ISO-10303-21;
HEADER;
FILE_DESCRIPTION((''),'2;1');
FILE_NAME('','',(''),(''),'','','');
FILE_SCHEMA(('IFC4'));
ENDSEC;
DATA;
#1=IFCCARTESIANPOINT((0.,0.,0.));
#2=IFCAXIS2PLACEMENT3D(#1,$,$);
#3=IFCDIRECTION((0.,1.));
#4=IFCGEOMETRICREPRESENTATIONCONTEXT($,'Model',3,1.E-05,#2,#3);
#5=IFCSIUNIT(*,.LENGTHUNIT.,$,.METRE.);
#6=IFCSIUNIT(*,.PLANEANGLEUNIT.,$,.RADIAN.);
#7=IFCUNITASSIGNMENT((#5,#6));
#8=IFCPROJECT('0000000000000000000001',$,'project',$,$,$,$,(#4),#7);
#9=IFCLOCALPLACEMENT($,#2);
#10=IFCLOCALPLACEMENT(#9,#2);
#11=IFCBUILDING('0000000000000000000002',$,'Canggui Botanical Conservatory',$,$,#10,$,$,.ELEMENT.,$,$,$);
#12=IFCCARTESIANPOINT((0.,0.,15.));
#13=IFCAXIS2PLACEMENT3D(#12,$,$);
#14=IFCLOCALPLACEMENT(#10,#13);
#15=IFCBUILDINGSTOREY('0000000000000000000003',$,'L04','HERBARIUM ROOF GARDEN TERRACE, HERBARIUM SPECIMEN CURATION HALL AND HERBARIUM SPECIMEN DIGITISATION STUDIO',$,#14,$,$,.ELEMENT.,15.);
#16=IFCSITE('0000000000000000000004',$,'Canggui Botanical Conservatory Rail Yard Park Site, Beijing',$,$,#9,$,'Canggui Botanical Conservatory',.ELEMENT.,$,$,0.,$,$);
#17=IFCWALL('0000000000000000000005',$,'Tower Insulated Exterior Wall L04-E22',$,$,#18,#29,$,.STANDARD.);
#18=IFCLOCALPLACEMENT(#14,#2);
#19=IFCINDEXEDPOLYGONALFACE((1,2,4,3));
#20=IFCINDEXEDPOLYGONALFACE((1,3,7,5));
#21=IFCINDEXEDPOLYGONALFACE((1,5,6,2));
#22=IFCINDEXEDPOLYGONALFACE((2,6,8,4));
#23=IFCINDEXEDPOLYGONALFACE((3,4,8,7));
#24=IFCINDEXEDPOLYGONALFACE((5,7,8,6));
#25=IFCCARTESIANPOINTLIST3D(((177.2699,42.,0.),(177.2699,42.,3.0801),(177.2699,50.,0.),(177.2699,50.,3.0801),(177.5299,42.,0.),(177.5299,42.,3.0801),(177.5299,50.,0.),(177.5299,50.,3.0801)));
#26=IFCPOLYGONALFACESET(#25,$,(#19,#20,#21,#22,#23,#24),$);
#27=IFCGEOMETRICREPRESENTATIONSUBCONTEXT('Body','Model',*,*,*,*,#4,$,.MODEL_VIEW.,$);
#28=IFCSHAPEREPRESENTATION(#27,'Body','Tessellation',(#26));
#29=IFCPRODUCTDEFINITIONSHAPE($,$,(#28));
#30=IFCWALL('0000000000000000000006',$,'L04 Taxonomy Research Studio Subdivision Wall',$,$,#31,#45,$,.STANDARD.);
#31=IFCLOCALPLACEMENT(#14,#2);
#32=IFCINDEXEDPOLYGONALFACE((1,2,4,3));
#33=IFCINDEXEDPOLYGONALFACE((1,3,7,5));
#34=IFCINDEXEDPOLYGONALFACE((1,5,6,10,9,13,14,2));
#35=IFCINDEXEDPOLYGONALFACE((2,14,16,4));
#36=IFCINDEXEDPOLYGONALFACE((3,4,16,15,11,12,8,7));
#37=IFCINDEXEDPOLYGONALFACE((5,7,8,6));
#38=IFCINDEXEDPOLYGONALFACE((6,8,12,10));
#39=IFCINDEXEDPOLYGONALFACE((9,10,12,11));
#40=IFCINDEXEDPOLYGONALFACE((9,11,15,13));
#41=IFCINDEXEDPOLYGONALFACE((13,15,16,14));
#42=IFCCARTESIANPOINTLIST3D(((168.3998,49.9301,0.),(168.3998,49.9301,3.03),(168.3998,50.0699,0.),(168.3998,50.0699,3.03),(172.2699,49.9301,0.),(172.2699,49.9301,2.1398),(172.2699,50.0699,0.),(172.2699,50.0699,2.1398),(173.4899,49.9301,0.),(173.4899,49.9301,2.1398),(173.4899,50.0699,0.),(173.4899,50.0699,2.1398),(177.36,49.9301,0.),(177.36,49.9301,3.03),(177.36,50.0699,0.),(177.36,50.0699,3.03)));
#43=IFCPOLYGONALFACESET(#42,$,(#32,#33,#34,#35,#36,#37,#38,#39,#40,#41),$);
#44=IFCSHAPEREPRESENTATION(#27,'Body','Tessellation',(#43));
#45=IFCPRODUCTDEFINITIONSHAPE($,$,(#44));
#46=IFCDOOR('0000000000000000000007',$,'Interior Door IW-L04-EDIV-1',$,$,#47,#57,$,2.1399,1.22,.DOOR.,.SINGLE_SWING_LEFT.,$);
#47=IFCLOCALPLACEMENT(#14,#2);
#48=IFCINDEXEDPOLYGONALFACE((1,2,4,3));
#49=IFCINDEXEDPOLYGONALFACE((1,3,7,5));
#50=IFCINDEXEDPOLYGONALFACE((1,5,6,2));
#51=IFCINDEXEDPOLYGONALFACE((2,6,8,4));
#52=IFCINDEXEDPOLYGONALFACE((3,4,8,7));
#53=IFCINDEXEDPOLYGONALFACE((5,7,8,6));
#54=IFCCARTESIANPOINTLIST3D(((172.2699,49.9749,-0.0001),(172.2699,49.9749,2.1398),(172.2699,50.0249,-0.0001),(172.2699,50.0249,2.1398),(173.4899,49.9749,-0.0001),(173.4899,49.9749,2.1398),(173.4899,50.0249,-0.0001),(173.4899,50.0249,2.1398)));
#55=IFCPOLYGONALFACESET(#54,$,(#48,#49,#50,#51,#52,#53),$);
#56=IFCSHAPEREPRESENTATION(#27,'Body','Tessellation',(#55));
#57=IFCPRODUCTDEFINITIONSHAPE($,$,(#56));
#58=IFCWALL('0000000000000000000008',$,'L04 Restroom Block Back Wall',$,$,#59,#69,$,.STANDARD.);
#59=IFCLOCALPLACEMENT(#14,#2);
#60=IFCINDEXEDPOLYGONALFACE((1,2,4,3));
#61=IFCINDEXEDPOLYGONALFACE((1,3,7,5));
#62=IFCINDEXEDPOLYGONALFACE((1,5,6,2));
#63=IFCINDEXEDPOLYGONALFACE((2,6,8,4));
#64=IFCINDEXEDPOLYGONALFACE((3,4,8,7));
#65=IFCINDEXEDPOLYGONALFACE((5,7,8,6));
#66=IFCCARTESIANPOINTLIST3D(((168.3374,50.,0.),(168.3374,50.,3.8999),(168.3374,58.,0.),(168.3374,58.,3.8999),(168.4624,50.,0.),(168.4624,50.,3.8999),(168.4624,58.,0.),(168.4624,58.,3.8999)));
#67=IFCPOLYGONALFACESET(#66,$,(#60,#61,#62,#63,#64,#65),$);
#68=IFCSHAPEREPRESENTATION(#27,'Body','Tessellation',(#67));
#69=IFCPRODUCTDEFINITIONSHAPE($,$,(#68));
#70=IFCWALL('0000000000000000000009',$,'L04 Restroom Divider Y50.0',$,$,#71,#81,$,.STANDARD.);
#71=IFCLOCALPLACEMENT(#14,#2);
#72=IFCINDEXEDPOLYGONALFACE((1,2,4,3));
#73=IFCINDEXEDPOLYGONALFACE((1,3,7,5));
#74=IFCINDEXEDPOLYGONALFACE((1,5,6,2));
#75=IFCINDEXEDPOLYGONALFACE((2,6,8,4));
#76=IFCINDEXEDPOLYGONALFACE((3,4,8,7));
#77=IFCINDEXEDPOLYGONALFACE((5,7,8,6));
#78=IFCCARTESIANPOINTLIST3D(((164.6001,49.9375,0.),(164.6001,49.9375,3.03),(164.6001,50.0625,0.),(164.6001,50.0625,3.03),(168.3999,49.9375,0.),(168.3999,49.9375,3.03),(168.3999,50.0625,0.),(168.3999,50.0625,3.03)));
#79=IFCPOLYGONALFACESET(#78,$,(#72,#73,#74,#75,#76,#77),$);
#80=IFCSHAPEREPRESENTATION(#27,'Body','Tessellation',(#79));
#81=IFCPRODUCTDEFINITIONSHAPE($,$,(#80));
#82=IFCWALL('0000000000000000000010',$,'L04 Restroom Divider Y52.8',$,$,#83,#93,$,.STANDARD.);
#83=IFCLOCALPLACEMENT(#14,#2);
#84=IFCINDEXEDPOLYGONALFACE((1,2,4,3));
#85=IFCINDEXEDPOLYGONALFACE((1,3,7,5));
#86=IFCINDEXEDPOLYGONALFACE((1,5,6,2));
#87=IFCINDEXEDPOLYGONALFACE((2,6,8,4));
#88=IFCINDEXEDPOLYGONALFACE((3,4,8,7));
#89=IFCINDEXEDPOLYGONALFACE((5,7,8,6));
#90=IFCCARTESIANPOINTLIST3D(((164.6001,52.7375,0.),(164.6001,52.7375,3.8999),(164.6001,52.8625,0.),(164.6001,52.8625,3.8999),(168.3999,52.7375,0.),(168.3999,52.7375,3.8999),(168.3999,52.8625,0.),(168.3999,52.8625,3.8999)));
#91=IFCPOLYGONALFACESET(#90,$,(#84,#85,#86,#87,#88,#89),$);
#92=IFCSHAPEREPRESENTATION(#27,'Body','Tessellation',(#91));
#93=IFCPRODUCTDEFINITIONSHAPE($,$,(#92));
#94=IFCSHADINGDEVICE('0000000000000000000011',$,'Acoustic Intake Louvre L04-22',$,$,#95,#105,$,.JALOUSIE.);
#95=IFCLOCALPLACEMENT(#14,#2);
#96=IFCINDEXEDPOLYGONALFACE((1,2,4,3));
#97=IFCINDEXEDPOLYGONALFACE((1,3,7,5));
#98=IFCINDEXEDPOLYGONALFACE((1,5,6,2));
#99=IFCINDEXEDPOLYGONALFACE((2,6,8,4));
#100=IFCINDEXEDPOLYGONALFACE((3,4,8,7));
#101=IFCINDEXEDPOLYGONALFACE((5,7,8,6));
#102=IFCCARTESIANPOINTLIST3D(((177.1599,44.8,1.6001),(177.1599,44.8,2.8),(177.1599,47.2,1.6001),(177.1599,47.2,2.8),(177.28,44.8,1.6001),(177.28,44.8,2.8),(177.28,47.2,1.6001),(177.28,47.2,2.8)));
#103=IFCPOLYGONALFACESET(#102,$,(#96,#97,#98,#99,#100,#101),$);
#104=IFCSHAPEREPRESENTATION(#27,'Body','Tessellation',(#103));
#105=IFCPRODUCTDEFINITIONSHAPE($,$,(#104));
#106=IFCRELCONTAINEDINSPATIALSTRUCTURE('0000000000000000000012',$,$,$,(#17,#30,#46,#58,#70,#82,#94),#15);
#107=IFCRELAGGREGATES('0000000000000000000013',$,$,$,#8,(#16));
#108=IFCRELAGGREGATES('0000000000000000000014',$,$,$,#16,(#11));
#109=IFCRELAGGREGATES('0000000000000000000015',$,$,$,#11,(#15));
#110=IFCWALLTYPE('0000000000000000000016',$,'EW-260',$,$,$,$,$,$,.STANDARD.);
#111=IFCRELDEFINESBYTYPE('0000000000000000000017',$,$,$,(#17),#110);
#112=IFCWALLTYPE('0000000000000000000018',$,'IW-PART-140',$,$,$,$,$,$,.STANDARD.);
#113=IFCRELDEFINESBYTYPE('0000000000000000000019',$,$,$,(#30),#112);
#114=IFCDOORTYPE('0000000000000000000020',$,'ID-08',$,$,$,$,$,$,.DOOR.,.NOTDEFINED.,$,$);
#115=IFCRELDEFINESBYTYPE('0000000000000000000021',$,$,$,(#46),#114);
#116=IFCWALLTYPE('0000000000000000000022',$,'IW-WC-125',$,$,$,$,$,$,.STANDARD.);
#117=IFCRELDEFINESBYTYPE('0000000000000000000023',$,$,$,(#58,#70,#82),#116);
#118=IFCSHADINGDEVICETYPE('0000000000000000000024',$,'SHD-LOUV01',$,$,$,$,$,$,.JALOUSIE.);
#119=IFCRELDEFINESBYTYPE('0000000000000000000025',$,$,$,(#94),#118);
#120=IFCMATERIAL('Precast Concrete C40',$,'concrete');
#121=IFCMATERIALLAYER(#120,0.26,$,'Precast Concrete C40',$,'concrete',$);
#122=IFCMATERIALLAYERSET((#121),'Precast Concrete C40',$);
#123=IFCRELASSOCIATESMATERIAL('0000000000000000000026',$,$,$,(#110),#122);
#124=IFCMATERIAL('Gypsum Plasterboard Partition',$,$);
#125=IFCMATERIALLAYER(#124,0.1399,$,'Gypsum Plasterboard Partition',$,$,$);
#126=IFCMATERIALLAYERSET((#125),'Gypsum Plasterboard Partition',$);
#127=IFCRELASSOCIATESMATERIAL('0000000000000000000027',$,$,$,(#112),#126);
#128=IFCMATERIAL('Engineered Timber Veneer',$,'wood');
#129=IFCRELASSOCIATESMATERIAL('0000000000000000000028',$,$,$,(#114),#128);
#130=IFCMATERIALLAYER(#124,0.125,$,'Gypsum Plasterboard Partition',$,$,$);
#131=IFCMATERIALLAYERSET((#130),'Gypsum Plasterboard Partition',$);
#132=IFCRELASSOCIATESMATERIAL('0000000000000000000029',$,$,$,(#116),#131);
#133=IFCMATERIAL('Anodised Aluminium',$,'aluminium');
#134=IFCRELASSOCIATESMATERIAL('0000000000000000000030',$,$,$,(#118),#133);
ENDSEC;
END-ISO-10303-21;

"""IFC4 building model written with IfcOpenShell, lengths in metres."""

from ifc_helpers import new_model, si_unit, direction, frame, frame_2d, origin, origin_2d, place, context, subcontext, project, spatial, rectangle, extrude, material, layer, layer_set, type_object, element, fill, save


model = new_model("IFC4")

# Units and contexts
model_context = context("Model", 3, precision=1e-05, world=origin(), true_north=direction((0.0, 1.0)))
body_context = subcontext(model_context, "Body", "Model", "MODEL_VIEW")
ifc_project = project(units=[si_unit("LENGTHUNIT", "METRE"), si_unit("PLANEANGLEUNIT", "RADIAN")], contexts=[model_context])

# Site, building, storey
site_placement = place(None, origin())
site = spatial("IfcSite", under=ifc_project, at=site_placement, Name="Canggui Botanical Conservatory Rail Yard Park Site, Beijing", LongName="Canggui Botanical Conservatory", CompositionType="ELEMENT", RefElevation=0.0)
building_placement = place(site_placement, origin())
building = spatial("IfcBuilding", under=site, at=building_placement, Name="Canggui Botanical Conservatory", CompositionType="ELEMENT")
storey_placement = place(building_placement, frame((0.0, 0.0, 15.0)))
storey = spatial("IfcBuildingStorey", under=building, at=storey_placement, Name="L04", Description="HERBARIUM ROOF GARDEN TERRACE, HERBARIUM SPECIMEN CURATION HALL AND HERBARIUM SPECIMEN DIGITISATION STUDIO", CompositionType="ELEMENT", Elevation=15.0)

# Wall
ifc_material_1 = material(Name="Precast Concrete C40", Category="concrete")
ifc_layer_1 = layer(ifc_material_1, 0.26, Name="Precast Concrete C40", Category="concrete")
ifc_layer_set_1 = layer_set([ifc_layer_1], Name="Precast Concrete C40")
wall_type_1 = type_object("IfcWallType", Name="EW-260", PredefinedType="STANDARD", material=ifc_layer_set_1)
wall_1_placement = place(storey_placement, frame((177.3999, 50.0, 0.0), z_axis=(0.0, 0.0, 1.0), x_axis=(0.0, -1.0, 0.0)))
element("IfcWall", 1, at=wall_1_placement, inside=storey, type_object=wall_type_1, Name="Tower Insulated Exterior Wall L04-E22", PredefinedType="STANDARD", context=body_context, shape_type="SweptSolid", body=[
    extrude(rectangle(XDim=8.0, YDim=0.26, at=frame_2d((4.0, 0.0))), origin(), (0.0, 0.0, 1.0), 3.0801),
])

# Wall, opening, door
ifc_material_2 = material(Name="Gypsum Plasterboard Partition")
ifc_layer_2 = layer(ifc_material_2, 0.1399, Name="Gypsum Plasterboard Partition")
ifc_layer_set_2 = layer_set([ifc_layer_2], Name="Gypsum Plasterboard Partition")
wall_type_2 = type_object("IfcWallType", Name="IW-PART-140", PredefinedType="STANDARD", material=ifc_layer_set_2)
wall_2_placement = place(storey_placement, frame((168.3999, 50.0, 0.0), z_axis=(0.0, 0.0, 1.0), x_axis=(1.0, 0.0, 0.0)))
wall_2 = element("IfcWall", 2, at=wall_2_placement, inside=storey, type_object=wall_type_2, Name="L04 Taxonomy Research Studio Subdivision Wall", PredefinedType="STANDARD", context=body_context, shape_type="SweptSolid", body=[
    extrude(rectangle(XDim=8.9602, YDim=0.1399, at=frame_2d((4.48, 0.0))), origin(), (0.0, 0.0, 1.0), 3.03),
])
opening_placement = place(wall_2_placement, frame((3.8701, 0.0, 0.0)))
opening = element("IfcOpeningElement", 3, at=opening_placement, cuts=wall_2, PredefinedType="OPENING", context=body_context, shape_type="SweptSolid", body=[
    extrude(rectangle(XDim=1.22, YDim=2.1399, at=frame_2d((0.6099, 1.0698))), frame((0.0, 0.0801, 0.0), z_axis=(0.0, -1.0, 0.0), x_axis=(1.0, 0.0, 0.0)), (0.0, 0.0, 1.0), 0.1599),
])
ifc_material_3 = material(Name="Engineered Timber Veneer", Category="wood")
door_type = type_object("IfcDoorType", Name="ID-08", OperationType="NOTDEFINED", PredefinedType="DOOR", material=ifc_material_3)
door_placement = place(opening_placement, origin())
door = element("IfcDoor", 4, at=door_placement, inside=storey, type_object=door_type, Name="Interior Door IW-L04-EDIV-1", OperationType="SINGLE_SWING_LEFT", OverallHeight=2.1399, OverallWidth=1.22, PredefinedType="DOOR", context=body_context, shape_type="SweptSolid", body=[
    extrude(rectangle(XDim=1.22, YDim=2.1399, at=frame_2d((0.6099, 1.0698))), frame((0.0, 0.0249, 0.0), z_axis=(0.0, -1.0, 0.0), x_axis=(1.0, 0.0, 0.0)), (0.0, 0.0, 1.0), 0.05),
])
fill(opening, door)

# Walls
ifc_layer_3 = layer(ifc_material_2, 0.125, Name="Gypsum Plasterboard Partition")
ifc_layer_set_3 = layer_set([ifc_layer_3], Name="Gypsum Plasterboard Partition")
wall_type_3 = type_object("IfcWallType", Name="IW-WC-125", PredefinedType="STANDARD", material=ifc_layer_set_3)
wall_3_placement = place(storey_placement, frame((168.3999, 50.0, 0.0), z_axis=(0.0, 0.0, 1.0), x_axis=(0.0, 1.0, 0.0)))
element("IfcWall", 5, at=wall_3_placement, inside=storey, type_object=wall_type_3, Name="L04 Restroom Block Back Wall", PredefinedType="STANDARD", context=body_context, shape_type="SweptSolid", body=[
    extrude(rectangle(XDim=8.0, YDim=0.125, at=frame_2d((4.0, 0.0))), origin(), (0.0, 0.0, 1.0), 3.8999),
])
wall_4_placement = place(storey_placement, frame((164.6001, 50.0, 0.0), z_axis=(0.0, 0.0, 1.0), x_axis=(1.0, 0.0, 0.0)))
element("IfcWall", 6, at=wall_4_placement, inside=storey, type_object=wall_type_3, Name="L04 Restroom Divider Y50.0", PredefinedType="STANDARD", context=body_context, shape_type="SweptSolid", body=[
    extrude(rectangle(XDim=3.7998, YDim=0.125, at=frame_2d((1.8999, 0.0))), origin(), (0.0, 0.0, 1.0), 3.03),
])
wall_5_placement = place(storey_placement, frame((164.6001, 52.8, 0.0), z_axis=(0.0, 0.0, 1.0), x_axis=(1.0, 0.0, 0.0)))
element("IfcWall", 7, at=wall_5_placement, inside=storey, type_object=wall_type_3, Name="L04 Restroom Divider Y52.8", PredefinedType="STANDARD", context=body_context, shape_type="SweptSolid", body=[
    extrude(rectangle(XDim=3.7998, YDim=0.125, at=frame_2d((1.8999, 0.0))), origin(), (0.0, 0.0, 1.0), 3.8999),
])

# Shading device
ifc_material_4 = material(Name="Anodised Aluminium", Category="aluminium")
shading_device_type = type_object("IfcShadingDeviceType", Name="SHD-LOUV01", PredefinedType="JALOUSIE", material=ifc_material_4)
shading_device_placement = place(storey_placement, frame((177.22, 46.0, 1.6001), z_axis=(0.0, 0.0, 1.0), x_axis=(0.0, 1.0, 0.0)))
element("IfcShadingDevice", 8, at=shading_device_placement, inside=storey, type_object=shading_device_type, Name="Acoustic Intake Louvre L04-22", PredefinedType="JALOUSIE", context=body_context, shape_type="SweptSolid", body=[
    extrude(rectangle(XDim=2.3999, YDim=0.1201, at=origin_2d()), origin(), (0.0, 0.0, 1.0), 1.2),
])

save(model, "model.ifc")
